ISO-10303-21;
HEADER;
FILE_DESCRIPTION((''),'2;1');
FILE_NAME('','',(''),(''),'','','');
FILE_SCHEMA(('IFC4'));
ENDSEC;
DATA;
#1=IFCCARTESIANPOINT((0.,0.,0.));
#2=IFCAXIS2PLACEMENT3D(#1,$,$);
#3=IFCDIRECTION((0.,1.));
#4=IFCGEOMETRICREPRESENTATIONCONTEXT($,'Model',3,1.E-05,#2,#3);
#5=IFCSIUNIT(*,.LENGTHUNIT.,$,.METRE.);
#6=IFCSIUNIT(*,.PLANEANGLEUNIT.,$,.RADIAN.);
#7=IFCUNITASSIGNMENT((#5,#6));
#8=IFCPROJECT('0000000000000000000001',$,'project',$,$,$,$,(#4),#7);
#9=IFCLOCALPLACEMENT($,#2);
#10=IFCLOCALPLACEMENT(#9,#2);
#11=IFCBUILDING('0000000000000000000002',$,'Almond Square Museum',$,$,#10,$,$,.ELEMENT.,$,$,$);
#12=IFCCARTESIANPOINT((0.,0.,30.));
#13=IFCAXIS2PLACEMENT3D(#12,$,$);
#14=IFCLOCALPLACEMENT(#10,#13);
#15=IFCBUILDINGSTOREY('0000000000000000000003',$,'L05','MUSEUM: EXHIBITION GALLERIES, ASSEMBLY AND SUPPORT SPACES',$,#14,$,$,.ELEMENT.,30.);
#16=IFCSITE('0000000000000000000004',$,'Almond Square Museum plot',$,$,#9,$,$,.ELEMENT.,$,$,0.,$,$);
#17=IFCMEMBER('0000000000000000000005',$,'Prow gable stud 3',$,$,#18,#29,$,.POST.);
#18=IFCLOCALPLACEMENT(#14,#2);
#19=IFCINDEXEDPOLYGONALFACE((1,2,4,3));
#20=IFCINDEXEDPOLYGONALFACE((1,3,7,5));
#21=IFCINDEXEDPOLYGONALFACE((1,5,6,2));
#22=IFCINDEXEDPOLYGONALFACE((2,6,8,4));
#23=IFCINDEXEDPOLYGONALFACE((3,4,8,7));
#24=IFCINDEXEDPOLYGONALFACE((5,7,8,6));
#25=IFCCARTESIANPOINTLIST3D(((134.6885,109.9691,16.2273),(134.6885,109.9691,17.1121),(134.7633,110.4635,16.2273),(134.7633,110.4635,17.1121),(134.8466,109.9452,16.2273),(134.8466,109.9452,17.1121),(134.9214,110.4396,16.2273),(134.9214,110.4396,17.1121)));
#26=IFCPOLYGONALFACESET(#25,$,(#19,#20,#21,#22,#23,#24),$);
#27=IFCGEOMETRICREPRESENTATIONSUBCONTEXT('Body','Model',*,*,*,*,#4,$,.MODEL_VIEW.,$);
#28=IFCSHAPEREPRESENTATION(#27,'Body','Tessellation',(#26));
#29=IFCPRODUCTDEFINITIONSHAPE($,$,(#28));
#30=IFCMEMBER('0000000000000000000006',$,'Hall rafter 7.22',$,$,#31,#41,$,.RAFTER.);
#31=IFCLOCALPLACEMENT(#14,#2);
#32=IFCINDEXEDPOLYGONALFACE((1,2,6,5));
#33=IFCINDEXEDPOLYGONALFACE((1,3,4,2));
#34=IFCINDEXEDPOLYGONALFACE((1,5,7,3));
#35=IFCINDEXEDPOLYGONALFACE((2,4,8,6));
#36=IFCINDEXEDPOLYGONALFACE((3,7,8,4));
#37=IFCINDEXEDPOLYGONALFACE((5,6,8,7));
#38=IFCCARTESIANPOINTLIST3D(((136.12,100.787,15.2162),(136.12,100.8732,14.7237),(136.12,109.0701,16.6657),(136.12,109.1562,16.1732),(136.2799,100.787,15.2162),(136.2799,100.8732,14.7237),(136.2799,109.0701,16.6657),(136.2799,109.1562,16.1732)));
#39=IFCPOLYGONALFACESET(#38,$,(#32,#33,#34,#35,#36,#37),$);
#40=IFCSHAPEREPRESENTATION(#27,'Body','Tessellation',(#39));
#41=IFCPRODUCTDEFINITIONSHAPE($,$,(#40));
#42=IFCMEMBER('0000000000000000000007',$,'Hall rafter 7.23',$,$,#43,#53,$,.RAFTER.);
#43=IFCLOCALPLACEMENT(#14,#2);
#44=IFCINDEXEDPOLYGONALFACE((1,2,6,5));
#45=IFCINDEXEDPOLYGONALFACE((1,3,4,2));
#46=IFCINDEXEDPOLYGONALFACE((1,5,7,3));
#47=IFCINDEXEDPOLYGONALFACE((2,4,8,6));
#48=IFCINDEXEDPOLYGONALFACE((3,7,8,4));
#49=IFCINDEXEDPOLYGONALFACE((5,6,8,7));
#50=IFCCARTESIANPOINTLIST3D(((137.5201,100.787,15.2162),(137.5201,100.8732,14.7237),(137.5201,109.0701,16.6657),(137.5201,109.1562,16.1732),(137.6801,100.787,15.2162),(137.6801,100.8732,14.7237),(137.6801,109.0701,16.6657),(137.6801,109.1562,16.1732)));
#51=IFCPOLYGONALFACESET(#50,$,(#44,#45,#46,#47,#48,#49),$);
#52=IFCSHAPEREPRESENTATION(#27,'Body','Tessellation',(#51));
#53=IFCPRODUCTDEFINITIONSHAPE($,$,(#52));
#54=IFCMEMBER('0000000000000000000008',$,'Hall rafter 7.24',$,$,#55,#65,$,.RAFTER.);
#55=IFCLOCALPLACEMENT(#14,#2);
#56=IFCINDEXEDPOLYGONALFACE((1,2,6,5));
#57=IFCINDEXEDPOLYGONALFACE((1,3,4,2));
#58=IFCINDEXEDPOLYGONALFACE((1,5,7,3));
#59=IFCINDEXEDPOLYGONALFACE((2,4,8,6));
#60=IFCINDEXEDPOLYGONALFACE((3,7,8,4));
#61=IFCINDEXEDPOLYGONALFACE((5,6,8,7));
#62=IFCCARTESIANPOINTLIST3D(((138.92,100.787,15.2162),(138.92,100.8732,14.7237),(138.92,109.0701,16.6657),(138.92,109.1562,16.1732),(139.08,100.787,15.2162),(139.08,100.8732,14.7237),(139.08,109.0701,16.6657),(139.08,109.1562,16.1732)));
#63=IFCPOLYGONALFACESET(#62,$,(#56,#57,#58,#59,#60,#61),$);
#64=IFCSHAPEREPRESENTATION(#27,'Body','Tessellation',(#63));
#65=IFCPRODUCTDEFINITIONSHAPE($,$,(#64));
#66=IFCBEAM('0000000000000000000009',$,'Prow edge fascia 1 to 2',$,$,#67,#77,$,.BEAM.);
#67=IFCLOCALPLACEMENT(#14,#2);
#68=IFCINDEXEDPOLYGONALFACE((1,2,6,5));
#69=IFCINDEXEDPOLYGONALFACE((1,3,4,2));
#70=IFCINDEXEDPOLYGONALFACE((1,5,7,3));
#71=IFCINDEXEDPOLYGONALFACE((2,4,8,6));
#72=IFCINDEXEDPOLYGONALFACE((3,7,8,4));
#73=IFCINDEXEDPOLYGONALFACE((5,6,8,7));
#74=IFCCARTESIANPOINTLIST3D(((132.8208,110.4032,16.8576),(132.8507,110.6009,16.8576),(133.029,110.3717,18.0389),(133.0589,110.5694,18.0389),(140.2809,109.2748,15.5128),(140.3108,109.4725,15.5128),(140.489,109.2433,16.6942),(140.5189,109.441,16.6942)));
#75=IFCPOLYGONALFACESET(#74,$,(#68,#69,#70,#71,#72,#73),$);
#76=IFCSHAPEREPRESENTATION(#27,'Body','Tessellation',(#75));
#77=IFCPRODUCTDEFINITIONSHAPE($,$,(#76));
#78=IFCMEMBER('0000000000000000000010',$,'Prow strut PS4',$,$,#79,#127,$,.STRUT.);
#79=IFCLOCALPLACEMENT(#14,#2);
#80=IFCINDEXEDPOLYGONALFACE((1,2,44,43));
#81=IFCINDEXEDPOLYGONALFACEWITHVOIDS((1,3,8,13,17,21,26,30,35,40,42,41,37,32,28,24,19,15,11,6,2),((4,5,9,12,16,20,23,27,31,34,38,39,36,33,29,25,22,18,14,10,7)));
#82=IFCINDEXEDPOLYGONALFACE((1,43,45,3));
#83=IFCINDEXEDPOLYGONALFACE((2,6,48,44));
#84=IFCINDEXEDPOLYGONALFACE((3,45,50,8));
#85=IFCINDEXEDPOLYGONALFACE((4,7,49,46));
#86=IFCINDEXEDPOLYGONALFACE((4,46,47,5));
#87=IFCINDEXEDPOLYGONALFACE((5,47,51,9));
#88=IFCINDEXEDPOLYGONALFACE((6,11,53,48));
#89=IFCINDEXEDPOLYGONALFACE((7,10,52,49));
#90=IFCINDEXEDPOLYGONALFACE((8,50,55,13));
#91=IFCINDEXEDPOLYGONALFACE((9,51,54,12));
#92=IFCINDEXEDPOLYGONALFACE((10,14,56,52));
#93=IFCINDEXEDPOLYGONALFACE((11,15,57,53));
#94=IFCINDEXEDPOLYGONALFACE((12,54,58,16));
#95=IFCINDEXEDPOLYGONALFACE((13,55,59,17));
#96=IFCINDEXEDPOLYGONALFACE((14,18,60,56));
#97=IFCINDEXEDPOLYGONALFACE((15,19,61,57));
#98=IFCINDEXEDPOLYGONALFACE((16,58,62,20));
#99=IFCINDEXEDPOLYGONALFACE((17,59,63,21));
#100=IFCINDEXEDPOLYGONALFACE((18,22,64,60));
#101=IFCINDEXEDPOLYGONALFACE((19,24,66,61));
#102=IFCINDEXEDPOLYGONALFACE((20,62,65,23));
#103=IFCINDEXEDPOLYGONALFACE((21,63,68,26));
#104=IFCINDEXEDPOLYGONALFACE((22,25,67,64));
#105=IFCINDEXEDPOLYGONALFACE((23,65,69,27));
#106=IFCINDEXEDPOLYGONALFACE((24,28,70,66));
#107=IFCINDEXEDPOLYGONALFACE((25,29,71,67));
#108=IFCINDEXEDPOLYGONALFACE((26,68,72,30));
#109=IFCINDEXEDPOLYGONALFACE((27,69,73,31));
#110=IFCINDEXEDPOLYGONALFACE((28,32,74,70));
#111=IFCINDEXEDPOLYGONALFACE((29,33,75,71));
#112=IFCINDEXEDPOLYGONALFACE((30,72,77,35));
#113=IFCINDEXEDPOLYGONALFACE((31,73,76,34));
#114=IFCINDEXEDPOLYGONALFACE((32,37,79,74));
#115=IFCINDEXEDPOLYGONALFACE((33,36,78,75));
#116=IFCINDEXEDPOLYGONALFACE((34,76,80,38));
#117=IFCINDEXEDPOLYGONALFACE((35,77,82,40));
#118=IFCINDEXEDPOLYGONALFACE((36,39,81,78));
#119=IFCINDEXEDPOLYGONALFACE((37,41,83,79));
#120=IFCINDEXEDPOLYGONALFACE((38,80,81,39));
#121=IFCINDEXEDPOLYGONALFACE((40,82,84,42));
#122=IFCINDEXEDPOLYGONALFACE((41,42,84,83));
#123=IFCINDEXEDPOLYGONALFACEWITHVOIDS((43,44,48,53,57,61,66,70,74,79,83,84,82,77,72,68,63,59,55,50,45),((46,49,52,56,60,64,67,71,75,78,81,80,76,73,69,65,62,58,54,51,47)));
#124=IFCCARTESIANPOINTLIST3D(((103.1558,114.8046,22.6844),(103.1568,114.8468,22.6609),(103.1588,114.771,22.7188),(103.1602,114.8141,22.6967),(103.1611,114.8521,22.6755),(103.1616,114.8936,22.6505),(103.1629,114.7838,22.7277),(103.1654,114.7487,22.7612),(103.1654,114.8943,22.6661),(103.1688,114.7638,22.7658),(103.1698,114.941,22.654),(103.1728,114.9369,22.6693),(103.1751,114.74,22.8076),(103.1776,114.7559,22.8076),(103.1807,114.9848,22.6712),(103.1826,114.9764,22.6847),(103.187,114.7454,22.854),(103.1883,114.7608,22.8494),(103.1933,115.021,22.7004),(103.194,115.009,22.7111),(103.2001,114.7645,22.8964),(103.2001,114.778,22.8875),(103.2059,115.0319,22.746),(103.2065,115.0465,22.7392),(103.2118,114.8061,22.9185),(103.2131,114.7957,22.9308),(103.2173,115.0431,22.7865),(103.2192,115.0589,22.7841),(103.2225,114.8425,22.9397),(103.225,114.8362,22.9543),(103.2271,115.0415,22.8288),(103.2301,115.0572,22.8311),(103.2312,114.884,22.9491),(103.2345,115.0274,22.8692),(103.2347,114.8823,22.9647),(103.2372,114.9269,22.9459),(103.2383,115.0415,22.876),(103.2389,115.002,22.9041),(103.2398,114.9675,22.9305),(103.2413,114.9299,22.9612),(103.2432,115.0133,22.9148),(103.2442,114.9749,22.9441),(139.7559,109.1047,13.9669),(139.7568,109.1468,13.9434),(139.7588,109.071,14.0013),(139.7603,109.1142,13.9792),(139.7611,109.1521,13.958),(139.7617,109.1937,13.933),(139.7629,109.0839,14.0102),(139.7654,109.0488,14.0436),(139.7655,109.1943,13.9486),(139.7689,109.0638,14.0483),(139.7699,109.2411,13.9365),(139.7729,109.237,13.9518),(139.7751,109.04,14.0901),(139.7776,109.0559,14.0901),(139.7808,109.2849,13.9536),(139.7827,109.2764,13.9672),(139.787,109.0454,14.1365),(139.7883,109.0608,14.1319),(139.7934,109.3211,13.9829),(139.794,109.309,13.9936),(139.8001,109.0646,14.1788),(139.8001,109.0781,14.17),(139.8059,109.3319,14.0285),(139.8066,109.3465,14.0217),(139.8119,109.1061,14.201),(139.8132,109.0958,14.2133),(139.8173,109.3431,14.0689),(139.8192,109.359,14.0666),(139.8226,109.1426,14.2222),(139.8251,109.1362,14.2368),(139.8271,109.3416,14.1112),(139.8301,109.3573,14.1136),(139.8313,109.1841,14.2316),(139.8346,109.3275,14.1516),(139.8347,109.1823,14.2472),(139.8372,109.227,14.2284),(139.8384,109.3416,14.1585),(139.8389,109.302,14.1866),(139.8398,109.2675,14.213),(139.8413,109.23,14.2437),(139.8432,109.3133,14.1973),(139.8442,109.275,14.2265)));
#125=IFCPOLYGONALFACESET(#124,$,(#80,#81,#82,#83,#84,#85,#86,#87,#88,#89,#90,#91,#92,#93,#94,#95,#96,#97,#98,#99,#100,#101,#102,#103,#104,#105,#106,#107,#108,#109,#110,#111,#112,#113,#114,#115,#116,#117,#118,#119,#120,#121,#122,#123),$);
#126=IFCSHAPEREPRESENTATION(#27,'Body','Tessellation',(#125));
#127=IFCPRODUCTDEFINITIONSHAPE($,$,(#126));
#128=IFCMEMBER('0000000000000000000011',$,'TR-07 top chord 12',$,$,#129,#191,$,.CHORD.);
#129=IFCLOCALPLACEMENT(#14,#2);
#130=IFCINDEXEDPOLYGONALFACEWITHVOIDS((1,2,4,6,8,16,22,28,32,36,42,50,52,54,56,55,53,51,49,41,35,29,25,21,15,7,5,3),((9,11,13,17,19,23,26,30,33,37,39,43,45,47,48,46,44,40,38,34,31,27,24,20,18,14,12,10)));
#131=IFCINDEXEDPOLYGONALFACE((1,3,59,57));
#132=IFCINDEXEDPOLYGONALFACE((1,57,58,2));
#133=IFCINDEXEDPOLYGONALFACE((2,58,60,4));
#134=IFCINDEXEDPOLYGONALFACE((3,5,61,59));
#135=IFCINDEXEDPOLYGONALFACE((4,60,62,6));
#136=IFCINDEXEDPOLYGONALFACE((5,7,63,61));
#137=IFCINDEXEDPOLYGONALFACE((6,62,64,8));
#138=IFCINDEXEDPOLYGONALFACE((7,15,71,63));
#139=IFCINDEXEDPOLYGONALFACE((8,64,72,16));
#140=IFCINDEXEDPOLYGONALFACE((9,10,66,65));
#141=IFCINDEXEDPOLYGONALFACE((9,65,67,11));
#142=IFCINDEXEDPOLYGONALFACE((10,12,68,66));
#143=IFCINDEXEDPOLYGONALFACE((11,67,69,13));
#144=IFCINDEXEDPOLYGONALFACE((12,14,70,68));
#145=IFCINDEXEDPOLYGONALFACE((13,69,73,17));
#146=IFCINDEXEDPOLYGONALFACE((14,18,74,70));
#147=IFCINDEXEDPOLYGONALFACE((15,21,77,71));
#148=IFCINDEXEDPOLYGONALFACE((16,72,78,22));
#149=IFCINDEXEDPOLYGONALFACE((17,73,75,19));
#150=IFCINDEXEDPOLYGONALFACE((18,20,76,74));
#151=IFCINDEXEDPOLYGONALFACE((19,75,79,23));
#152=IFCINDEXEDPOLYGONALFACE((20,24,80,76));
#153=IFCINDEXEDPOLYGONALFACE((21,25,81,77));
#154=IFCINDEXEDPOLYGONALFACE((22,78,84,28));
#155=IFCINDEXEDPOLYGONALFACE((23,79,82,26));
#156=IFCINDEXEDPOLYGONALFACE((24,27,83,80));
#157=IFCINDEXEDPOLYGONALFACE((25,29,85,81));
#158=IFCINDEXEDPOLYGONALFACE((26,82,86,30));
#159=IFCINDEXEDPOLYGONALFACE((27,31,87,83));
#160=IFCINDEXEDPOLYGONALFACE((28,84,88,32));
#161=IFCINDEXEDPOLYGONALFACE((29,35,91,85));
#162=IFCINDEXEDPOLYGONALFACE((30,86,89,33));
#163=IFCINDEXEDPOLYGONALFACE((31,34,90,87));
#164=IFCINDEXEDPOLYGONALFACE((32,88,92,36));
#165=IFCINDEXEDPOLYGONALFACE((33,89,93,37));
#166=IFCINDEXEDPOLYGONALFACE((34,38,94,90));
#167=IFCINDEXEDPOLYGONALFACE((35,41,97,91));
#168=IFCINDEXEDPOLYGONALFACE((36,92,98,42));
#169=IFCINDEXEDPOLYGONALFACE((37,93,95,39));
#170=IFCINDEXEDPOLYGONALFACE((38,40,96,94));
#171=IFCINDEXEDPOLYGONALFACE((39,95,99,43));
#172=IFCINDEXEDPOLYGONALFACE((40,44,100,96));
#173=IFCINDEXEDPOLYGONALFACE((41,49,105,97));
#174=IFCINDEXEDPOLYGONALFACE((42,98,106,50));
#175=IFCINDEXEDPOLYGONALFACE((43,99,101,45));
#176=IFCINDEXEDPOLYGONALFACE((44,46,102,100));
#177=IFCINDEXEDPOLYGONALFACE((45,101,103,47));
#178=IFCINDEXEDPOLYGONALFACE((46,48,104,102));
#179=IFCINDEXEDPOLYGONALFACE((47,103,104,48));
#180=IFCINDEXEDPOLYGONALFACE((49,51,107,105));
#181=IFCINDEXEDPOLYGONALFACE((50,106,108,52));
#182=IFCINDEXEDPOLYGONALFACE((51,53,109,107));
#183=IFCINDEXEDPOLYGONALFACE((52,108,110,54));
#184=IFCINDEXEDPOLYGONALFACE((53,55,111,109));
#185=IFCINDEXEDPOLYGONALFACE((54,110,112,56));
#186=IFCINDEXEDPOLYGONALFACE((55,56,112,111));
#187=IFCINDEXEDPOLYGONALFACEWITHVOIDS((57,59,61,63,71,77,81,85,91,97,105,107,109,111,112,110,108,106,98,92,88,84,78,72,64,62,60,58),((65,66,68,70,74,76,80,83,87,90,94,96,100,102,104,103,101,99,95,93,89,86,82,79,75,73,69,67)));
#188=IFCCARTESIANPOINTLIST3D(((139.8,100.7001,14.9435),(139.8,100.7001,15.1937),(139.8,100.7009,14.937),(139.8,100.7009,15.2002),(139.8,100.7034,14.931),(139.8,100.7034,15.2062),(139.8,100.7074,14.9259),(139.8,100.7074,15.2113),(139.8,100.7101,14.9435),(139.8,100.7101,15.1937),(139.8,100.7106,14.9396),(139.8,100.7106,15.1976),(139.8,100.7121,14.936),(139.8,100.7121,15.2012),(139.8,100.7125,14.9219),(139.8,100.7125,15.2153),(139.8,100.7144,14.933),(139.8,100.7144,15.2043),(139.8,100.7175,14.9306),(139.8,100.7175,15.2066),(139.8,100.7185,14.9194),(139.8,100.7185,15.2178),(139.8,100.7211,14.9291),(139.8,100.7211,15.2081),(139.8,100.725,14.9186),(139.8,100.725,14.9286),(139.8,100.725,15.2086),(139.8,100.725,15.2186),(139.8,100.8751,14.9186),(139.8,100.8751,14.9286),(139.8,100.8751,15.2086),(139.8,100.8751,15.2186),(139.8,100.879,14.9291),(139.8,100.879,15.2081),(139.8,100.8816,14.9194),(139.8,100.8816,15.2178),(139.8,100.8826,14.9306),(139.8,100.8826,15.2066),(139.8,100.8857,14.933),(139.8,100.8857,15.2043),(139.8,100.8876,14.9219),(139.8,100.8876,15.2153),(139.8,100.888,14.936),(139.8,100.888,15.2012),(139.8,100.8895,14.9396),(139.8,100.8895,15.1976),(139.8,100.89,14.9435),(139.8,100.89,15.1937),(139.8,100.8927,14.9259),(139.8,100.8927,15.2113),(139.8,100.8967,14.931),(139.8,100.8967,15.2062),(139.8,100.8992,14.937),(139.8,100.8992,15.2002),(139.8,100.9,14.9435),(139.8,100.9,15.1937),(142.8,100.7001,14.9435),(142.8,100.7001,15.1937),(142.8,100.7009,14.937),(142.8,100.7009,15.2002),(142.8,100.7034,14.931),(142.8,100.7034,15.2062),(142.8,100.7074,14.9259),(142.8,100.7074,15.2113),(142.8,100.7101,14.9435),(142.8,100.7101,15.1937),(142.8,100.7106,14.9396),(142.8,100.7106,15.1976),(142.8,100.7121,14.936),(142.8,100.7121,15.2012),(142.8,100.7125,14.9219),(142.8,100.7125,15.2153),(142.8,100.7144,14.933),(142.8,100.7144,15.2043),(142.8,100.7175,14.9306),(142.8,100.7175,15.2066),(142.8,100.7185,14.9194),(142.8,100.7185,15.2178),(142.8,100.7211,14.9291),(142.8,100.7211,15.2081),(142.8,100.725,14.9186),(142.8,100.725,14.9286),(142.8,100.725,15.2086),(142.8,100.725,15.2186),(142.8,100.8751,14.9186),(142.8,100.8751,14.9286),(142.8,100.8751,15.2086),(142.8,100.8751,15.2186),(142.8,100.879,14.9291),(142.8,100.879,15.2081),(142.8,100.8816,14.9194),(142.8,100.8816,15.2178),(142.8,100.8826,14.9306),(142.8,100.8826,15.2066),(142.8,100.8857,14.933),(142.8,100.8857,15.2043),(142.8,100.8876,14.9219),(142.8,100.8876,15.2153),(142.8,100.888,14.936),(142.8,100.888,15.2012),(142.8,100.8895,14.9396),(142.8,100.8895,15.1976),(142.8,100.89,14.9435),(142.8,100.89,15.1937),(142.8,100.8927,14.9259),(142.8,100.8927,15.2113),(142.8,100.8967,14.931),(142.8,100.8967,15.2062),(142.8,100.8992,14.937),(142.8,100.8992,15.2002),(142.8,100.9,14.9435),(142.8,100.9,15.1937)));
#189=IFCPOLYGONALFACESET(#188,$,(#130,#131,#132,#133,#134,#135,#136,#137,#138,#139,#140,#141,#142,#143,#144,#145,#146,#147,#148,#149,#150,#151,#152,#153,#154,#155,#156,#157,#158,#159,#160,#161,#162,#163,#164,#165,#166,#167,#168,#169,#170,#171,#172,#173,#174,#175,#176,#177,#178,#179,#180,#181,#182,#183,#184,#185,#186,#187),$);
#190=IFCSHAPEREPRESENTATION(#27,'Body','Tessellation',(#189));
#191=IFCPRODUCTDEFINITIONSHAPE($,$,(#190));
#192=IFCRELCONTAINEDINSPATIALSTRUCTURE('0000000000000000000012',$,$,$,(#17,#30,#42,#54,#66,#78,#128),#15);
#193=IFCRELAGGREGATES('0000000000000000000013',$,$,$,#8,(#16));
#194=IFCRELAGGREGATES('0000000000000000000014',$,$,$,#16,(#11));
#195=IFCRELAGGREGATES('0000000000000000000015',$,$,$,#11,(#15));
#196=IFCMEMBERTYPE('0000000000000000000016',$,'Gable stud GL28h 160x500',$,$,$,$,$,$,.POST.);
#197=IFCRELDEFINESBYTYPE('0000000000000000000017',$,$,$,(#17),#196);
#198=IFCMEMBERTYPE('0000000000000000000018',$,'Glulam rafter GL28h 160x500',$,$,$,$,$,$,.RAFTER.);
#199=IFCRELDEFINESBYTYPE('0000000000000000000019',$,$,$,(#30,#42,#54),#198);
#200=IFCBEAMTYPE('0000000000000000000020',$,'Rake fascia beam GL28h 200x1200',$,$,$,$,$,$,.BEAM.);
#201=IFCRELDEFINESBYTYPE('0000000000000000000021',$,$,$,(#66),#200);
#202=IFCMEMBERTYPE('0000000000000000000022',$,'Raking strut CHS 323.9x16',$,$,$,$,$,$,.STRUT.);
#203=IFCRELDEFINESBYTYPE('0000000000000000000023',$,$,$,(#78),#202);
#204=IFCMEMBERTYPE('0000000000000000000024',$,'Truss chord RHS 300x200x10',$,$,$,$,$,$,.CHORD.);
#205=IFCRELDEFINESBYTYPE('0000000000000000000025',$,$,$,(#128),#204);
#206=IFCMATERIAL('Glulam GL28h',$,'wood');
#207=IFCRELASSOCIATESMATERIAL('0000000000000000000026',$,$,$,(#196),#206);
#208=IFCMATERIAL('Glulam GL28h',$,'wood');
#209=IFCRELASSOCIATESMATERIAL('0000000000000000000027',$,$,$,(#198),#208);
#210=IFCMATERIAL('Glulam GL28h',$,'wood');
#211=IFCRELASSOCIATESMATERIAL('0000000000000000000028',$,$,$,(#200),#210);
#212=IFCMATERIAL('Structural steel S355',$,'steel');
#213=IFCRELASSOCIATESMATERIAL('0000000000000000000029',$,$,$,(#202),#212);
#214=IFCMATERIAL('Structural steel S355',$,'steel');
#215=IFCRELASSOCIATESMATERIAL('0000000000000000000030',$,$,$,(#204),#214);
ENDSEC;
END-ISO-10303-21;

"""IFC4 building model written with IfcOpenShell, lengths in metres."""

from ifc_helpers import new_model, si_unit, direction, frame, origin, origin_2d, place, context, subcontext, project, spatial, rectangle, hollow_rectangle, hollow_circle, extrude, material, material_profile, profile_set, type_object, element, save


model = new_model("IFC4")

# Units and contexts
model_context = context("Model", 3, precision=1e-05, world=origin(), true_north=direction((0.0, 1.0)))
body_context = subcontext(model_context, "Body", "Model", "MODEL_VIEW")
ifc_project = project(units=[si_unit("LENGTHUNIT", "METRE"), si_unit("PLANEANGLEUNIT", "RADIAN")], contexts=[model_context])

# Site, building, storey
site_placement = place(None, origin())
site = spatial("IfcSite", under=ifc_project, at=site_placement, Name="Almond Square Museum plot", CompositionType="ELEMENT", RefElevation=0.0)
building_placement = place(site_placement, origin())
building = spatial("IfcBuilding", under=site, at=building_placement, Name="Almond Square Museum", CompositionType="ELEMENT")
storey_placement = place(building_placement, frame((0.0, 0.0, 30.0)))
storey = spatial("IfcBuildingStorey", under=building, at=storey_placement, Name="L05", Description="MUSEUM: EXHIBITION GALLERIES, ASSEMBLY AND SUPPORT SPACES", CompositionType="ELEMENT", Elevation=30.0)

# Members
ifc_material_1 = material(Name="Glulam GL28h", Category="wood")
ifc_material_profile_1 = material_profile(ifc_material_1, rectangle(XDim=0.1599, YDim=0.5, at=origin_2d()))
ifc_profile_set_1 = profile_set([ifc_material_profile_1], Name="Glulam GL28h")
member_type_1 = type_object("IfcMemberType", Name="Gable stud GL28h 160x500", PredefinedType="POST", material=ifc_profile_set_1)
member_1_placement = place(storey_placement, frame((134.8049, 110.2043, 16.2273), z_axis=(0.0, 0.0, 1.0), x_axis=(-0.988753, 0.149559, 0.0)))
element("IfcMember", 1, at=member_1_placement, inside=storey, type_object=member_type_1, Name="Prow gable stud 3", PredefinedType="POST", context=body_context, shape_type="SweptSolid", body=[
    extrude(rectangle(XDim=0.1599, YDim=0.5, at=origin_2d()), origin(), (0.0, 0.0, 1.0), 0.8848),
])
ifc_material_2 = material(Name="Glulam GL28h", Category="wood")
ifc_material_profile_2 = material_profile(ifc_material_2, rectangle(XDim=0.1599, YDim=0.5, at=origin_2d()))
ifc_profile_set_2 = profile_set([ifc_material_profile_2], Name="Glulam GL28h")
member_type_2 = type_object("IfcMemberType", Name="Glulam rafter GL28h 160x500", PredefinedType="RAFTER", material=ifc_profile_set_2)
for number, where, z_axis, x_axis, name in (
    (2, (136.2, 100.8301, 14.97), (0.0, 0.985032, 0.172374), (-1.0, 0.0, 0.0), "Hall rafter 7.22"),
    (3, (137.6001, 100.8301, 14.97), (0.0, 0.985032, 0.172374), (-1.0, 0.0, 0.0), "Hall rafter 7.23"),
    (4, (139.0, 100.8301, 14.97), (0.0, 0.985032, 0.172374), (-1.0, 0.0, 0.0), "Hall rafter 7.24"),
):
    element("IfcMember", number, at=place(storey_placement, frame(where, z_axis=z_axis, x_axis=x_axis)), inside=storey, type_object=member_type_2, Name=name, PredefinedType="RAFTER", context=body_context, shape_type="SweptSolid", body=[
        extrude(rectangle(XDim=0.1599, YDim=0.5, at=origin_2d()), origin(), (0.0, 0.0, 1.0), 8.4089),
    ])

# Beam
ifc_material_3 = material(Name="Glulam GL28h", Category="wood")
ifc_material_profile_3 = material_profile(ifc_material_3, rectangle(XDim=0.2, YDim=1.2, at=origin_2d()))
ifc_profile_set_3 = profile_set([ifc_material_profile_3], Name="Glulam GL28h")
beam_type = type_object("IfcBeamType", Name="Rake fascia beam GL28h 200x1200", PredefinedType="BEAM", material=ifc_profile_set_3)
beam_placement = place(storey_placement, frame((140.3999, 109.3579, 16.1035), z_axis=(-0.973412, 0.147242, 0.175467), x_axis=(-0.149562, -0.988752, 0.0)))
element("IfcBeam", 5, at=beam_placement, inside=storey, type_object=beam_type, Name="Prow edge fascia 1 to 2", PredefinedType="BEAM", context=body_context, shape_type="SweptSolid", body=[
    extrude(rectangle(XDim=0.2, YDim=1.2, at=origin_2d()), origin(), (0.0, 0.0, 1.0), 7.6638),
])

# Members
ifc_material_4 = material(Name="Structural steel S355", Category="steel")
ifc_material_profile_4 = material_profile(ifc_material_4, hollow_circle(Radius=0.1619, WallThickness=0.0161, at=origin_2d()))
ifc_profile_set_4 = profile_set([ifc_material_profile_4], Name="Structural steel S355")
member_type_3 = type_object("IfcMemberType", Name="Raking strut CHS 323.9x16", PredefinedType="STRUT", material=ifc_profile_set_4)
member_2_placement = place(storey_placement, frame((139.8, 109.2, 14.0901), z_axis=(-0.961812, 0.149789, 0.229087), x_axis=(-0.153881, -0.988089, 0.0)))
element("IfcMember", 6, at=member_2_placement, inside=storey, type_object=member_type_3, Name="Prow strut PS4", PredefinedType="STRUT", context=body_context, shape_type="SweptSolid", body=[
    extrude(hollow_circle(Radius=0.1619, WallThickness=0.0161, at=origin_2d()), origin(), (0.0, 0.0, 1.0), 38.0532),
])
ifc_material_5 = material(Name="Structural steel S355", Category="steel")
ifc_material_profile_5 = material_profile(ifc_material_5, hollow_rectangle(XDim=0.2, YDim=0.3, WallThickness=0.01, InnerFilletRadius=0.0149, OuterFilletRadius=0.0249, at=origin_2d()))
ifc_profile_set_5 = profile_set([ifc_material_profile_5], Name="Structural steel S355")
member_type_4 = type_object("IfcMemberType", Name="Truss chord RHS 300x200x10", PredefinedType="CHORD", material=ifc_profile_set_5)
for number, where, z_axis, x_axis, name in (
    (7, (139.8, 100.8, 15.0686), (1.0, 0.0, 0.0), (0.0, 1.0, 0.0), "TR-07 top chord 12"),
):
    element("IfcMember", number, at=place(storey_placement, frame(where, z_axis=z_axis, x_axis=x_axis)), inside=storey, type_object=member_type_4, Name=name, PredefinedType="CHORD", context=body_context, shape_type="SweptSolid", body=[
        extrude(hollow_rectangle(XDim=0.2, YDim=0.3, WallThickness=0.01, InnerFilletRadius=0.0149, OuterFilletRadius=0.0249, at=origin_2d()), origin(), (0.0, 0.0, 1.0), 3.0),
    ])

save(model, "model.ifc")
